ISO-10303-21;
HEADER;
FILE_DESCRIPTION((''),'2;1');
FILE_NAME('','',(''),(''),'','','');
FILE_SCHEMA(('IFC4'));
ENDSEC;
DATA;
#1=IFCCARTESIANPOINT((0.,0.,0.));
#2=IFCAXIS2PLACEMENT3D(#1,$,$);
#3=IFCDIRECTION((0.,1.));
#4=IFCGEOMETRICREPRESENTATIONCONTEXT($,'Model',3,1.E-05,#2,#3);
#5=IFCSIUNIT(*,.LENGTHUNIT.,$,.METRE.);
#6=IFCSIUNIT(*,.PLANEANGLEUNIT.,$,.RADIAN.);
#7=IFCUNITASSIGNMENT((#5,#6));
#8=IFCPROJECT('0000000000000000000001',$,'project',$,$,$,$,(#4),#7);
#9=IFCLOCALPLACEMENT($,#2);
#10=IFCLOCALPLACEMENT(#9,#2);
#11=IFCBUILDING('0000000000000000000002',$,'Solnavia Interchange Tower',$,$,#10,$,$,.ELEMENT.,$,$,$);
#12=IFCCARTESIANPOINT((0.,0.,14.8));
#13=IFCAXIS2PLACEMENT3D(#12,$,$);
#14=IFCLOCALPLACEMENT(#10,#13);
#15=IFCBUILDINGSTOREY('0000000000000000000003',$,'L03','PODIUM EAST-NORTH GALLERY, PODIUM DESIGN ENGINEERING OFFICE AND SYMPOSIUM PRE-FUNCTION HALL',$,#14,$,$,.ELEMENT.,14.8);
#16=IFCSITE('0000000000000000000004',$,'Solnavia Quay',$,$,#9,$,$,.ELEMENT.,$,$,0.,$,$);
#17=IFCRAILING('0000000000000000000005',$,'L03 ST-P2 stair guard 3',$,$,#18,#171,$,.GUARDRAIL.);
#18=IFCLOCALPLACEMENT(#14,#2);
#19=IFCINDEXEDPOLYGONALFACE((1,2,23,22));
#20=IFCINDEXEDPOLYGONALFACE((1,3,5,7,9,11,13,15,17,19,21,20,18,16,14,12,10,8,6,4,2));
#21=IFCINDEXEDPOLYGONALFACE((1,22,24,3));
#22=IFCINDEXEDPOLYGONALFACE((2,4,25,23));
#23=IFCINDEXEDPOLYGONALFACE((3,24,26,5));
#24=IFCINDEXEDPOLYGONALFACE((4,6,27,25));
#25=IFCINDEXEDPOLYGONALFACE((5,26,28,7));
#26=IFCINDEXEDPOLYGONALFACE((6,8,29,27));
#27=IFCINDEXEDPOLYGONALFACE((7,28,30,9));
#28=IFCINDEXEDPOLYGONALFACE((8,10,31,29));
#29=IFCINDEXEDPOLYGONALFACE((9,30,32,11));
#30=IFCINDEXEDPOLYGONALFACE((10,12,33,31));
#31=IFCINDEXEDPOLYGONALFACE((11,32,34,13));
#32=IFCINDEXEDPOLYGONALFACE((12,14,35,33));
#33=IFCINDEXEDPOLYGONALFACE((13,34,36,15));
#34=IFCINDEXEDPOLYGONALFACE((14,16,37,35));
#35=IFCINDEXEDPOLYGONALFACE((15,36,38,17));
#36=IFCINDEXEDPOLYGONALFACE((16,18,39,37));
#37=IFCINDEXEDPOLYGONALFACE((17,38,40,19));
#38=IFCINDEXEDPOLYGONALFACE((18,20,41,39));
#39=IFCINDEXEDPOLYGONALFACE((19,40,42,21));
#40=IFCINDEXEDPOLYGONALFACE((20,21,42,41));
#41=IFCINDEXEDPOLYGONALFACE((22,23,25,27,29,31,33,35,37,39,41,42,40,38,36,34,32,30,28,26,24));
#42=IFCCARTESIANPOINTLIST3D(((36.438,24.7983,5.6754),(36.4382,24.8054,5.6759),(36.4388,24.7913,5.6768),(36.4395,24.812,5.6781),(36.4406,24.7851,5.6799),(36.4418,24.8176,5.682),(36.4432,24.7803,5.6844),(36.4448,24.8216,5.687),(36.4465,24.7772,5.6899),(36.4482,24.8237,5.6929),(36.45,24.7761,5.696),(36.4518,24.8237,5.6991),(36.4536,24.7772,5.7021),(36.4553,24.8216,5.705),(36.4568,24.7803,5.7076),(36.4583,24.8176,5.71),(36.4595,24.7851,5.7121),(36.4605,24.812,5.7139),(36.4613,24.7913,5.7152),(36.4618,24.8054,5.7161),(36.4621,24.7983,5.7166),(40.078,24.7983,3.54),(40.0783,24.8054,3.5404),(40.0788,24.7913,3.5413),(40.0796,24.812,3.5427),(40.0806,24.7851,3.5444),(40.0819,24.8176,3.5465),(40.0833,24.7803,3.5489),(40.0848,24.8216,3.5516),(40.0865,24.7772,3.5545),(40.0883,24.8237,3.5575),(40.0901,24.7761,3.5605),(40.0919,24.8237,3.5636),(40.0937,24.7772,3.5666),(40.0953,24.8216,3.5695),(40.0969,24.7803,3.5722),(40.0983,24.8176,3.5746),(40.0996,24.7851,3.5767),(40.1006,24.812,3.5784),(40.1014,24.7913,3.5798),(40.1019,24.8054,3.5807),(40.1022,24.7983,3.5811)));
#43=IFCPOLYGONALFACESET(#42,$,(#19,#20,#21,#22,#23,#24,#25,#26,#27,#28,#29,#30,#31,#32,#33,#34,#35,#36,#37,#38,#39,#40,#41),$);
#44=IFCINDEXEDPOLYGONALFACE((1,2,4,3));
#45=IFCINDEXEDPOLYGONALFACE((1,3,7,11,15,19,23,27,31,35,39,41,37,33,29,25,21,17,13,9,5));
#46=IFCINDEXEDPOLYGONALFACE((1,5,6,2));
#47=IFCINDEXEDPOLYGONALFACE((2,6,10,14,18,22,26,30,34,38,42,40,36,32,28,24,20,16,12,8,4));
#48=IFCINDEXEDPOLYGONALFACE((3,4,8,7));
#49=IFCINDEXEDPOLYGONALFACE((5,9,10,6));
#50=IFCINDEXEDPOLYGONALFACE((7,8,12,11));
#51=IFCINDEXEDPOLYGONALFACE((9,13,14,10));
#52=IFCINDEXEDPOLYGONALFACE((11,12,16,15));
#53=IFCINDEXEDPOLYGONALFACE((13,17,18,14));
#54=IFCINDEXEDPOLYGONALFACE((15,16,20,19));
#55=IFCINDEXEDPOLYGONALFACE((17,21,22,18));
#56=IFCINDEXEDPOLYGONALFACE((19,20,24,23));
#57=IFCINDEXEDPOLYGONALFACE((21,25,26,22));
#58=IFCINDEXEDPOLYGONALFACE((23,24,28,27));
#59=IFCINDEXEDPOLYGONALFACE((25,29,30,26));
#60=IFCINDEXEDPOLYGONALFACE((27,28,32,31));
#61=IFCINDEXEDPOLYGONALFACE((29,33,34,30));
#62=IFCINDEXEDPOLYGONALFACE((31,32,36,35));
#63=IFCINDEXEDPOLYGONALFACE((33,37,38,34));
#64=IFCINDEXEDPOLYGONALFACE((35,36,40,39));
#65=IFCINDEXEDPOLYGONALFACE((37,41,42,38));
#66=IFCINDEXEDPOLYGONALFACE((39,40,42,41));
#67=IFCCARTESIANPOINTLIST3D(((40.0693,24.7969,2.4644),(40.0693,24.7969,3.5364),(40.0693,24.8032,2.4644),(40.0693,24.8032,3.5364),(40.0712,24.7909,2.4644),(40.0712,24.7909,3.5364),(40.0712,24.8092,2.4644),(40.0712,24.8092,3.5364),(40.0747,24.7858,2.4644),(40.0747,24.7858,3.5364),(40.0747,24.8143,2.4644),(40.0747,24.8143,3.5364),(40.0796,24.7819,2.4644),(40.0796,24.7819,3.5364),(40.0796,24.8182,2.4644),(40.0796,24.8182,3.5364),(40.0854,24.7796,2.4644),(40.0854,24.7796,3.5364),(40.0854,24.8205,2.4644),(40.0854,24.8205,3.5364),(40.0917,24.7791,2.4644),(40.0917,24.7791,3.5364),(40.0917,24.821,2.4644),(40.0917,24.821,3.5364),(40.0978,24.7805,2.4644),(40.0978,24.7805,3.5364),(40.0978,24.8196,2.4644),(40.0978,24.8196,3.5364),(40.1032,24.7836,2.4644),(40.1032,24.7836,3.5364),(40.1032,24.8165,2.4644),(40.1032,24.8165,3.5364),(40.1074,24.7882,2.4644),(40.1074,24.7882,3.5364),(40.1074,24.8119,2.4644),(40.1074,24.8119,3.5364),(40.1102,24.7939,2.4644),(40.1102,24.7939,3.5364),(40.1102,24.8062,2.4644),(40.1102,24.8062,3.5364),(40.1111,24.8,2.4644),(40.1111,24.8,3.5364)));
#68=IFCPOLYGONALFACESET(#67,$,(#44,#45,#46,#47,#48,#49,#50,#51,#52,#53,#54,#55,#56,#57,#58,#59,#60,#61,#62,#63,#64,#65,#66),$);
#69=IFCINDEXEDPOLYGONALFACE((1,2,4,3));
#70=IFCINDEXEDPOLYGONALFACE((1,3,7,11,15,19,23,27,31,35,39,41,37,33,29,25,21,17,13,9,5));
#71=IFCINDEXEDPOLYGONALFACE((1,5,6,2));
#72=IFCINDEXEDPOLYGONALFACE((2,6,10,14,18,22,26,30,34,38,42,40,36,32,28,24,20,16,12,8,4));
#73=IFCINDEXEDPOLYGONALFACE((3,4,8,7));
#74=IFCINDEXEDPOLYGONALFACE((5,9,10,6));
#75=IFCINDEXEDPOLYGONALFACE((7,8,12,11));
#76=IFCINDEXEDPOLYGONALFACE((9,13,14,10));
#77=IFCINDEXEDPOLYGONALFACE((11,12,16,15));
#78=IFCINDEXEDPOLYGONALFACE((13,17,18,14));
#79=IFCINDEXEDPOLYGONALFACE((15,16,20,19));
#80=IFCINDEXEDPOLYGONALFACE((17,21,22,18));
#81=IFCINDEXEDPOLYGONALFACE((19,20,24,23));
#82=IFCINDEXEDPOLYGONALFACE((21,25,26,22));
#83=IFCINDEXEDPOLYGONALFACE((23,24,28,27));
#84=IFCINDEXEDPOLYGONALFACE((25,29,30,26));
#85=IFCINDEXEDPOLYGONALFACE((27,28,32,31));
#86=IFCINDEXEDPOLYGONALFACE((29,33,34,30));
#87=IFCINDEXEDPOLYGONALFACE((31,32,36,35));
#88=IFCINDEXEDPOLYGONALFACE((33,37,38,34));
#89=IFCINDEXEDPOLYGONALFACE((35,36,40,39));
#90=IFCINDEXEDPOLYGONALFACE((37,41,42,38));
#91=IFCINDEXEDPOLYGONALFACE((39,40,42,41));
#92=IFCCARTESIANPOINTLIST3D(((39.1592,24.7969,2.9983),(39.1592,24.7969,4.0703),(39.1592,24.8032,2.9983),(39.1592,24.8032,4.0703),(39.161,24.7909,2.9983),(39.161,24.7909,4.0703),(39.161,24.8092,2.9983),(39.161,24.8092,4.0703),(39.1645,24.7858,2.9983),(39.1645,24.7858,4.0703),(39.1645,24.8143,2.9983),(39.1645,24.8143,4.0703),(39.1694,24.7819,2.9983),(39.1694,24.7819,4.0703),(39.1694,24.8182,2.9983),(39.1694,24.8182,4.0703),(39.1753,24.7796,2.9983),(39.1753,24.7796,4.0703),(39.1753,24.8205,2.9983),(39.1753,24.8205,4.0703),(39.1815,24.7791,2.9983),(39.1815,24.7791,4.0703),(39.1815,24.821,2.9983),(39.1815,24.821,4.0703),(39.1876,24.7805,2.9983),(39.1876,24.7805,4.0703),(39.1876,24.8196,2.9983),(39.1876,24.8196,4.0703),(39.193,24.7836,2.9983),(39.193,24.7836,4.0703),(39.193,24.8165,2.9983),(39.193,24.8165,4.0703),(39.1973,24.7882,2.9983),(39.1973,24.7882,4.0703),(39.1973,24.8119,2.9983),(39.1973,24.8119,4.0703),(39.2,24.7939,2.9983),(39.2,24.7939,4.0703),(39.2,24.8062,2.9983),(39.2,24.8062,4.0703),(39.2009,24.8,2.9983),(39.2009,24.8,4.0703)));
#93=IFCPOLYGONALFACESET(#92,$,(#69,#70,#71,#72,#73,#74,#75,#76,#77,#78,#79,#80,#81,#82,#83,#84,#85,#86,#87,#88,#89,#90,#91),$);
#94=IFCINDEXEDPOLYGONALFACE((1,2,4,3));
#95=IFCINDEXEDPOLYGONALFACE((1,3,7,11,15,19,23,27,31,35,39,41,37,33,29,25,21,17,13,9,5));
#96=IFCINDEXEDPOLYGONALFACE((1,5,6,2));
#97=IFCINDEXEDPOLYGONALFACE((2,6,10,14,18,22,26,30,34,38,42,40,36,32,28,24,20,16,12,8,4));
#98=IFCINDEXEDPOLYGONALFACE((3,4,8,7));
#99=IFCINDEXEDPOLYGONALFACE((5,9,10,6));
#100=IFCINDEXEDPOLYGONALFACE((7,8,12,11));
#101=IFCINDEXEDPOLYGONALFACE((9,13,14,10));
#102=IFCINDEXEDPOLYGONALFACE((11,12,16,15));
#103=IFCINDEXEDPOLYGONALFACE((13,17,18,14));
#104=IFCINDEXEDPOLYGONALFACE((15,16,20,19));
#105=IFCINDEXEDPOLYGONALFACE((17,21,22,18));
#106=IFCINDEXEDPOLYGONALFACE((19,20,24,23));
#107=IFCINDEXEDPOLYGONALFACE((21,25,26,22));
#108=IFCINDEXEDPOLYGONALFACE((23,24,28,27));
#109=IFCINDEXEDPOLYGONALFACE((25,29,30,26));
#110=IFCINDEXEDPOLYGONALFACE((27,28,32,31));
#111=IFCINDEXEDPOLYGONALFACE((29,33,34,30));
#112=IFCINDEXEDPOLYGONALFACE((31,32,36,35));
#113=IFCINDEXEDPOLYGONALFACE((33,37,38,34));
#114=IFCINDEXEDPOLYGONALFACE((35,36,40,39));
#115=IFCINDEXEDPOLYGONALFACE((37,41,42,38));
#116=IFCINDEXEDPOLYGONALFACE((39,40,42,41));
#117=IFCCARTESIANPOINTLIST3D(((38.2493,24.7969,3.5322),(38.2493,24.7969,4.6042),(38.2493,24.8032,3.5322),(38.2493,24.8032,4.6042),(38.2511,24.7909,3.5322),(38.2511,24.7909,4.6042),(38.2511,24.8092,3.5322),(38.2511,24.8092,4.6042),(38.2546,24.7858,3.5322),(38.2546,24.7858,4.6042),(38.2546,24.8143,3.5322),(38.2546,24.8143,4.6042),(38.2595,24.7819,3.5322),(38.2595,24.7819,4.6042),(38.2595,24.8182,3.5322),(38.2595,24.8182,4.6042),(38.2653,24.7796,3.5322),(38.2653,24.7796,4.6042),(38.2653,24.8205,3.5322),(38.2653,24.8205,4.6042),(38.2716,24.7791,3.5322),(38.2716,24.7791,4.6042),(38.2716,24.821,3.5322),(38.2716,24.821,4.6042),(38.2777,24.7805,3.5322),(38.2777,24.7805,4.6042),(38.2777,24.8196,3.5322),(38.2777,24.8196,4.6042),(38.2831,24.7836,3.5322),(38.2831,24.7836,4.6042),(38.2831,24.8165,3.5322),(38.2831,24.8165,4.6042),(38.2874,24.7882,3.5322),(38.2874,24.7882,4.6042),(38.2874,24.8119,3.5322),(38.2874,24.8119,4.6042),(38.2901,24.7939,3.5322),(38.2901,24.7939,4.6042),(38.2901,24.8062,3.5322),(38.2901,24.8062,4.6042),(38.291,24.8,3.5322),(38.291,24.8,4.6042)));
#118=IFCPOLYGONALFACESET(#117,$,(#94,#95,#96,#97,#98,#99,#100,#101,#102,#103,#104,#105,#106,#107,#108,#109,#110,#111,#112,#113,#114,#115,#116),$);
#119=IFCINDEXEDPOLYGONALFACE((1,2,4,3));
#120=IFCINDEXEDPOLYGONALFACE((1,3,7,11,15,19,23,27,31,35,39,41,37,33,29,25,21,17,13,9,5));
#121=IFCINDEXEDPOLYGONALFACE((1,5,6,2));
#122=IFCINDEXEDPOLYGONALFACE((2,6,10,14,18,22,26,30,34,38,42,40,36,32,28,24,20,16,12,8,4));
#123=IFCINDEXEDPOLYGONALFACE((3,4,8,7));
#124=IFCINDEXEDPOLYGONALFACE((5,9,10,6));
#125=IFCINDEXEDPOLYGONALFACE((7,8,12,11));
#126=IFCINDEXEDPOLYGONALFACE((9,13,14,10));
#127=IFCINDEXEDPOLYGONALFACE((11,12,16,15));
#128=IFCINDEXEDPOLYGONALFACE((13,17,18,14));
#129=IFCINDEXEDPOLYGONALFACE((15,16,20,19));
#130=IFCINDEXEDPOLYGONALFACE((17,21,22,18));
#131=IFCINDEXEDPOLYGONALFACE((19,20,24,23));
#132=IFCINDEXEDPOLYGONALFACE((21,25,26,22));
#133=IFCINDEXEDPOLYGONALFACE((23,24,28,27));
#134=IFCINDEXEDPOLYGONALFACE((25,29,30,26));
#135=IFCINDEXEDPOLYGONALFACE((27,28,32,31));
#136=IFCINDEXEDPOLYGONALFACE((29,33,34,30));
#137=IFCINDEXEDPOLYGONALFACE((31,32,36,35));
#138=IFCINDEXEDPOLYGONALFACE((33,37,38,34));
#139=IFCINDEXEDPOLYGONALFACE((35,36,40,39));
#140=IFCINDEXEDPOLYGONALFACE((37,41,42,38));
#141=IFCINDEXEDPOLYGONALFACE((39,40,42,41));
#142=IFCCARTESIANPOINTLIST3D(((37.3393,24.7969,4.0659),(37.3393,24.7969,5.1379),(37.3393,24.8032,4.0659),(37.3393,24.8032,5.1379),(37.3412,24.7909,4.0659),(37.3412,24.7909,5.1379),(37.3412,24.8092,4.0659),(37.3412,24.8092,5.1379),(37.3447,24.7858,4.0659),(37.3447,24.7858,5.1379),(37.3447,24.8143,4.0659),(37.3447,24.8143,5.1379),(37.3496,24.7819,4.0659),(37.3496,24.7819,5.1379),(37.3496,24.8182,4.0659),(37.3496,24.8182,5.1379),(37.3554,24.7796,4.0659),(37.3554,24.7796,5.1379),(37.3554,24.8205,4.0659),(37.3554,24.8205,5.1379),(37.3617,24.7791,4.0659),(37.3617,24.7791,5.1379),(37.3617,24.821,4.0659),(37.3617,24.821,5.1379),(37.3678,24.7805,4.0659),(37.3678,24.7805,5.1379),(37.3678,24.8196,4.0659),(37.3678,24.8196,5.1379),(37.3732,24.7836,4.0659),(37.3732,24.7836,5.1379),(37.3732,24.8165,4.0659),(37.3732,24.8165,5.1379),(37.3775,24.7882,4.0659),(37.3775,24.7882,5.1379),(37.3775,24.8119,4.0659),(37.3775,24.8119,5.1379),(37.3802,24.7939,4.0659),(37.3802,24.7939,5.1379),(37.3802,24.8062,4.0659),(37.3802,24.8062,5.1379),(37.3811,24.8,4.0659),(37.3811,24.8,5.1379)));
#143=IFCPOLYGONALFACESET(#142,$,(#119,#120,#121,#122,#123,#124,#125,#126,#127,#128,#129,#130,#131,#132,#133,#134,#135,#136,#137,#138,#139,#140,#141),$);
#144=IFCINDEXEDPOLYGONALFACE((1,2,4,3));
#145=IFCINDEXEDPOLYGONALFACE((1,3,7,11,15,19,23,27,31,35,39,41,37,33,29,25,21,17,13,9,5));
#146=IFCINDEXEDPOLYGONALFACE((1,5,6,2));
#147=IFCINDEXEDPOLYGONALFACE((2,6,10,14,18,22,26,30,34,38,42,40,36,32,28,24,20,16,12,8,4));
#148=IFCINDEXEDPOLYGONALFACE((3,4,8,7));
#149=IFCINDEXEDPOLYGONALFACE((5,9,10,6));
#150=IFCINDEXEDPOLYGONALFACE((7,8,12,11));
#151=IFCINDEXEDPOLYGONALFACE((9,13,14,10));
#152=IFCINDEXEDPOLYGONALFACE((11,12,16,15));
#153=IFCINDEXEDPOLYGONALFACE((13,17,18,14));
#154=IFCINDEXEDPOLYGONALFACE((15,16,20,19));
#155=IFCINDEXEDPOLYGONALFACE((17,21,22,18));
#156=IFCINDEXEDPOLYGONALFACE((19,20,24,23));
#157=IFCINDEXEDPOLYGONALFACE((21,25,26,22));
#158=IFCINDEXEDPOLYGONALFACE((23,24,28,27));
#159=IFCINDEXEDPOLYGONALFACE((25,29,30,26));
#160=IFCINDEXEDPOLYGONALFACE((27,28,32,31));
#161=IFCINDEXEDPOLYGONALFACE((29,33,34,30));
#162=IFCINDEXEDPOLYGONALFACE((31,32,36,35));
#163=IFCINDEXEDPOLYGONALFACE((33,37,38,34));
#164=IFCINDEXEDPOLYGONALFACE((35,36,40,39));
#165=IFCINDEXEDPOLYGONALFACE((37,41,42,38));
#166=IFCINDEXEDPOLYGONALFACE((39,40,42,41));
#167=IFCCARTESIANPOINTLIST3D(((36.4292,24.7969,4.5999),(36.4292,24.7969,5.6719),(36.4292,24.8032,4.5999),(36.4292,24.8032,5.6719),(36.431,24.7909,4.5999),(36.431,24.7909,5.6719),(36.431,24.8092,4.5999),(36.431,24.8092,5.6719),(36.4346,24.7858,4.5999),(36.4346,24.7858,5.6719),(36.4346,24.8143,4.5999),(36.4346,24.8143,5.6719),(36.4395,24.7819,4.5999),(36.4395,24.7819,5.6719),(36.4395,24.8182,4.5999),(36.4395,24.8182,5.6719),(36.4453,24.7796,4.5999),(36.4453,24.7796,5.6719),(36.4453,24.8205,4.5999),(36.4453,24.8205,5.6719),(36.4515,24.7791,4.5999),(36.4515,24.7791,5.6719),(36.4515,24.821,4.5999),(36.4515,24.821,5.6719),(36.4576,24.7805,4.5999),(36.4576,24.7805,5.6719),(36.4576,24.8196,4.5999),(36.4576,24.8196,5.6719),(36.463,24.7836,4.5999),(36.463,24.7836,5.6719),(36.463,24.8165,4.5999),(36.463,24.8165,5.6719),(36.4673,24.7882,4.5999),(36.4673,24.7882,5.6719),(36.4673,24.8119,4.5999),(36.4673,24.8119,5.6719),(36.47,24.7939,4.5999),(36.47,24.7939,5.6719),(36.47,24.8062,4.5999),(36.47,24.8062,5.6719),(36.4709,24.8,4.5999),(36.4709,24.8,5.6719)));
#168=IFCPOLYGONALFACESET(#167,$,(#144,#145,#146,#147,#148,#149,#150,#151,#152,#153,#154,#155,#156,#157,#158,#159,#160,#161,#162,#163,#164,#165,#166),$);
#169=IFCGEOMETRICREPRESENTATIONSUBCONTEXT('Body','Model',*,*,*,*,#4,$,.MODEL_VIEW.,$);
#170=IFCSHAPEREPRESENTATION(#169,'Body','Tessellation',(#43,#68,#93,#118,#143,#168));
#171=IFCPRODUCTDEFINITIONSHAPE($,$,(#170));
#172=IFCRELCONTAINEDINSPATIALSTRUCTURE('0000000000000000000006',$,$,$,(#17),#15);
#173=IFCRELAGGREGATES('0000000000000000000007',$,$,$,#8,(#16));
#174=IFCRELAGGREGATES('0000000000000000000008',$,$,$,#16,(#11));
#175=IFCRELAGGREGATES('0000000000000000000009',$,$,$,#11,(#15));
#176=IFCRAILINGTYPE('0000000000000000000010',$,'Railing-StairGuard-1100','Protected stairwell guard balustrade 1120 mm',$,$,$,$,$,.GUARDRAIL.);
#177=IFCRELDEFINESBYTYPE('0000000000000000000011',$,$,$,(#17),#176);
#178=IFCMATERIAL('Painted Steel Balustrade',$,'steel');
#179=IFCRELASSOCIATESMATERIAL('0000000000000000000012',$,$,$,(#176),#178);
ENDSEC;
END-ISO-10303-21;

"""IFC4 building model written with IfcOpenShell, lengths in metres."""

from ifc_helpers import new_model, si_unit, direction, frame, origin, origin_2d, place, context, subcontext, project, spatial, circle, extrude, material, type_object, element, save


model = new_model("IFC4")

# Units and contexts
model_context = context("Model", 3, precision=1e-05, world=origin(), true_north=direction((0.0, 1.0)))
body_context = subcontext(model_context, "Body", "Model", "MODEL_VIEW")
ifc_project = project(units=[si_unit("LENGTHUNIT", "METRE"), si_unit("PLANEANGLEUNIT", "RADIAN")], contexts=[model_context])

# Site, building, storey
site_placement = place(None, origin())
site = spatial("IfcSite", under=ifc_project, at=site_placement, Name="Solnavia Quay", CompositionType="ELEMENT", RefElevation=0.0)
building_placement = place(site_placement, origin())
building = spatial("IfcBuilding", under=site, at=building_placement, Name="Solnavia Interchange Tower", CompositionType="ELEMENT")
storey_placement = place(building_placement, frame((0.0, 0.0, 14.8)))
storey = spatial("IfcBuildingStorey", under=building, at=storey_placement, Name="L03", Description="PODIUM EAST-NORTH GALLERY, PODIUM DESIGN ENGINEERING OFFICE AND SYMPOSIUM PRE-FUNCTION HALL", CompositionType="ELEMENT", Elevation=14.8)

# Railing
ifc_material_1 = material(Name="Painted Steel Balustrade", Category="steel")
railing_type_1 = type_object("IfcRailingType", Name="Railing-StairGuard-1100", Description="Protected stairwell guard balustrade 1120 mm", PredefinedType="GUARDRAIL", material=ifc_material_1)
railing_1_placement = place(storey_placement, frame((40.0901, 24.8, 2.4644)))
element("IfcRailing", 1, at=railing_1_placement, inside=storey, type_object=railing_type_1, Name="L03 ST-P2 stair guard 3", PredefinedType="GUARDRAIL", context=body_context, shape_type="SweptSolid", body=[
    extrude(circle(Radius=0.0239, at=origin_2d()), frame((0.0, 0.0, 1.0962), z_axis=(-0.86253, 0.0, 0.506006), x_axis=(0.0, -1.0, 0.0)), (0.0, 0.0, 1.0), 4.2202),
    extrude(circle(Radius=0.021, at=origin_2d()), origin(), (0.0, 0.0, 1.0), 1.072),
    extrude(circle(Radius=0.021, at=origin_2d()), frame((-0.9102, 0.0, 0.5339)), (0.0, 0.0, 1.0), 1.072),
    extrude(circle(Radius=0.021, at=origin_2d()), frame((-1.8201, 0.0, 1.0679)), (0.0, 0.0, 1.0), 1.072),
    extrude(circle(Radius=0.021, at=origin_2d()), frame((-2.73, 0.0, 1.6016)), (0.0, 0.0, 1.0), 1.072),
    extrude(circle(Radius=0.021, at=origin_2d()), frame((-3.6401, 0.0, 2.1355)), (0.0, 0.0, 1.0), 1.072),
])

save(model, "model.ifc")
